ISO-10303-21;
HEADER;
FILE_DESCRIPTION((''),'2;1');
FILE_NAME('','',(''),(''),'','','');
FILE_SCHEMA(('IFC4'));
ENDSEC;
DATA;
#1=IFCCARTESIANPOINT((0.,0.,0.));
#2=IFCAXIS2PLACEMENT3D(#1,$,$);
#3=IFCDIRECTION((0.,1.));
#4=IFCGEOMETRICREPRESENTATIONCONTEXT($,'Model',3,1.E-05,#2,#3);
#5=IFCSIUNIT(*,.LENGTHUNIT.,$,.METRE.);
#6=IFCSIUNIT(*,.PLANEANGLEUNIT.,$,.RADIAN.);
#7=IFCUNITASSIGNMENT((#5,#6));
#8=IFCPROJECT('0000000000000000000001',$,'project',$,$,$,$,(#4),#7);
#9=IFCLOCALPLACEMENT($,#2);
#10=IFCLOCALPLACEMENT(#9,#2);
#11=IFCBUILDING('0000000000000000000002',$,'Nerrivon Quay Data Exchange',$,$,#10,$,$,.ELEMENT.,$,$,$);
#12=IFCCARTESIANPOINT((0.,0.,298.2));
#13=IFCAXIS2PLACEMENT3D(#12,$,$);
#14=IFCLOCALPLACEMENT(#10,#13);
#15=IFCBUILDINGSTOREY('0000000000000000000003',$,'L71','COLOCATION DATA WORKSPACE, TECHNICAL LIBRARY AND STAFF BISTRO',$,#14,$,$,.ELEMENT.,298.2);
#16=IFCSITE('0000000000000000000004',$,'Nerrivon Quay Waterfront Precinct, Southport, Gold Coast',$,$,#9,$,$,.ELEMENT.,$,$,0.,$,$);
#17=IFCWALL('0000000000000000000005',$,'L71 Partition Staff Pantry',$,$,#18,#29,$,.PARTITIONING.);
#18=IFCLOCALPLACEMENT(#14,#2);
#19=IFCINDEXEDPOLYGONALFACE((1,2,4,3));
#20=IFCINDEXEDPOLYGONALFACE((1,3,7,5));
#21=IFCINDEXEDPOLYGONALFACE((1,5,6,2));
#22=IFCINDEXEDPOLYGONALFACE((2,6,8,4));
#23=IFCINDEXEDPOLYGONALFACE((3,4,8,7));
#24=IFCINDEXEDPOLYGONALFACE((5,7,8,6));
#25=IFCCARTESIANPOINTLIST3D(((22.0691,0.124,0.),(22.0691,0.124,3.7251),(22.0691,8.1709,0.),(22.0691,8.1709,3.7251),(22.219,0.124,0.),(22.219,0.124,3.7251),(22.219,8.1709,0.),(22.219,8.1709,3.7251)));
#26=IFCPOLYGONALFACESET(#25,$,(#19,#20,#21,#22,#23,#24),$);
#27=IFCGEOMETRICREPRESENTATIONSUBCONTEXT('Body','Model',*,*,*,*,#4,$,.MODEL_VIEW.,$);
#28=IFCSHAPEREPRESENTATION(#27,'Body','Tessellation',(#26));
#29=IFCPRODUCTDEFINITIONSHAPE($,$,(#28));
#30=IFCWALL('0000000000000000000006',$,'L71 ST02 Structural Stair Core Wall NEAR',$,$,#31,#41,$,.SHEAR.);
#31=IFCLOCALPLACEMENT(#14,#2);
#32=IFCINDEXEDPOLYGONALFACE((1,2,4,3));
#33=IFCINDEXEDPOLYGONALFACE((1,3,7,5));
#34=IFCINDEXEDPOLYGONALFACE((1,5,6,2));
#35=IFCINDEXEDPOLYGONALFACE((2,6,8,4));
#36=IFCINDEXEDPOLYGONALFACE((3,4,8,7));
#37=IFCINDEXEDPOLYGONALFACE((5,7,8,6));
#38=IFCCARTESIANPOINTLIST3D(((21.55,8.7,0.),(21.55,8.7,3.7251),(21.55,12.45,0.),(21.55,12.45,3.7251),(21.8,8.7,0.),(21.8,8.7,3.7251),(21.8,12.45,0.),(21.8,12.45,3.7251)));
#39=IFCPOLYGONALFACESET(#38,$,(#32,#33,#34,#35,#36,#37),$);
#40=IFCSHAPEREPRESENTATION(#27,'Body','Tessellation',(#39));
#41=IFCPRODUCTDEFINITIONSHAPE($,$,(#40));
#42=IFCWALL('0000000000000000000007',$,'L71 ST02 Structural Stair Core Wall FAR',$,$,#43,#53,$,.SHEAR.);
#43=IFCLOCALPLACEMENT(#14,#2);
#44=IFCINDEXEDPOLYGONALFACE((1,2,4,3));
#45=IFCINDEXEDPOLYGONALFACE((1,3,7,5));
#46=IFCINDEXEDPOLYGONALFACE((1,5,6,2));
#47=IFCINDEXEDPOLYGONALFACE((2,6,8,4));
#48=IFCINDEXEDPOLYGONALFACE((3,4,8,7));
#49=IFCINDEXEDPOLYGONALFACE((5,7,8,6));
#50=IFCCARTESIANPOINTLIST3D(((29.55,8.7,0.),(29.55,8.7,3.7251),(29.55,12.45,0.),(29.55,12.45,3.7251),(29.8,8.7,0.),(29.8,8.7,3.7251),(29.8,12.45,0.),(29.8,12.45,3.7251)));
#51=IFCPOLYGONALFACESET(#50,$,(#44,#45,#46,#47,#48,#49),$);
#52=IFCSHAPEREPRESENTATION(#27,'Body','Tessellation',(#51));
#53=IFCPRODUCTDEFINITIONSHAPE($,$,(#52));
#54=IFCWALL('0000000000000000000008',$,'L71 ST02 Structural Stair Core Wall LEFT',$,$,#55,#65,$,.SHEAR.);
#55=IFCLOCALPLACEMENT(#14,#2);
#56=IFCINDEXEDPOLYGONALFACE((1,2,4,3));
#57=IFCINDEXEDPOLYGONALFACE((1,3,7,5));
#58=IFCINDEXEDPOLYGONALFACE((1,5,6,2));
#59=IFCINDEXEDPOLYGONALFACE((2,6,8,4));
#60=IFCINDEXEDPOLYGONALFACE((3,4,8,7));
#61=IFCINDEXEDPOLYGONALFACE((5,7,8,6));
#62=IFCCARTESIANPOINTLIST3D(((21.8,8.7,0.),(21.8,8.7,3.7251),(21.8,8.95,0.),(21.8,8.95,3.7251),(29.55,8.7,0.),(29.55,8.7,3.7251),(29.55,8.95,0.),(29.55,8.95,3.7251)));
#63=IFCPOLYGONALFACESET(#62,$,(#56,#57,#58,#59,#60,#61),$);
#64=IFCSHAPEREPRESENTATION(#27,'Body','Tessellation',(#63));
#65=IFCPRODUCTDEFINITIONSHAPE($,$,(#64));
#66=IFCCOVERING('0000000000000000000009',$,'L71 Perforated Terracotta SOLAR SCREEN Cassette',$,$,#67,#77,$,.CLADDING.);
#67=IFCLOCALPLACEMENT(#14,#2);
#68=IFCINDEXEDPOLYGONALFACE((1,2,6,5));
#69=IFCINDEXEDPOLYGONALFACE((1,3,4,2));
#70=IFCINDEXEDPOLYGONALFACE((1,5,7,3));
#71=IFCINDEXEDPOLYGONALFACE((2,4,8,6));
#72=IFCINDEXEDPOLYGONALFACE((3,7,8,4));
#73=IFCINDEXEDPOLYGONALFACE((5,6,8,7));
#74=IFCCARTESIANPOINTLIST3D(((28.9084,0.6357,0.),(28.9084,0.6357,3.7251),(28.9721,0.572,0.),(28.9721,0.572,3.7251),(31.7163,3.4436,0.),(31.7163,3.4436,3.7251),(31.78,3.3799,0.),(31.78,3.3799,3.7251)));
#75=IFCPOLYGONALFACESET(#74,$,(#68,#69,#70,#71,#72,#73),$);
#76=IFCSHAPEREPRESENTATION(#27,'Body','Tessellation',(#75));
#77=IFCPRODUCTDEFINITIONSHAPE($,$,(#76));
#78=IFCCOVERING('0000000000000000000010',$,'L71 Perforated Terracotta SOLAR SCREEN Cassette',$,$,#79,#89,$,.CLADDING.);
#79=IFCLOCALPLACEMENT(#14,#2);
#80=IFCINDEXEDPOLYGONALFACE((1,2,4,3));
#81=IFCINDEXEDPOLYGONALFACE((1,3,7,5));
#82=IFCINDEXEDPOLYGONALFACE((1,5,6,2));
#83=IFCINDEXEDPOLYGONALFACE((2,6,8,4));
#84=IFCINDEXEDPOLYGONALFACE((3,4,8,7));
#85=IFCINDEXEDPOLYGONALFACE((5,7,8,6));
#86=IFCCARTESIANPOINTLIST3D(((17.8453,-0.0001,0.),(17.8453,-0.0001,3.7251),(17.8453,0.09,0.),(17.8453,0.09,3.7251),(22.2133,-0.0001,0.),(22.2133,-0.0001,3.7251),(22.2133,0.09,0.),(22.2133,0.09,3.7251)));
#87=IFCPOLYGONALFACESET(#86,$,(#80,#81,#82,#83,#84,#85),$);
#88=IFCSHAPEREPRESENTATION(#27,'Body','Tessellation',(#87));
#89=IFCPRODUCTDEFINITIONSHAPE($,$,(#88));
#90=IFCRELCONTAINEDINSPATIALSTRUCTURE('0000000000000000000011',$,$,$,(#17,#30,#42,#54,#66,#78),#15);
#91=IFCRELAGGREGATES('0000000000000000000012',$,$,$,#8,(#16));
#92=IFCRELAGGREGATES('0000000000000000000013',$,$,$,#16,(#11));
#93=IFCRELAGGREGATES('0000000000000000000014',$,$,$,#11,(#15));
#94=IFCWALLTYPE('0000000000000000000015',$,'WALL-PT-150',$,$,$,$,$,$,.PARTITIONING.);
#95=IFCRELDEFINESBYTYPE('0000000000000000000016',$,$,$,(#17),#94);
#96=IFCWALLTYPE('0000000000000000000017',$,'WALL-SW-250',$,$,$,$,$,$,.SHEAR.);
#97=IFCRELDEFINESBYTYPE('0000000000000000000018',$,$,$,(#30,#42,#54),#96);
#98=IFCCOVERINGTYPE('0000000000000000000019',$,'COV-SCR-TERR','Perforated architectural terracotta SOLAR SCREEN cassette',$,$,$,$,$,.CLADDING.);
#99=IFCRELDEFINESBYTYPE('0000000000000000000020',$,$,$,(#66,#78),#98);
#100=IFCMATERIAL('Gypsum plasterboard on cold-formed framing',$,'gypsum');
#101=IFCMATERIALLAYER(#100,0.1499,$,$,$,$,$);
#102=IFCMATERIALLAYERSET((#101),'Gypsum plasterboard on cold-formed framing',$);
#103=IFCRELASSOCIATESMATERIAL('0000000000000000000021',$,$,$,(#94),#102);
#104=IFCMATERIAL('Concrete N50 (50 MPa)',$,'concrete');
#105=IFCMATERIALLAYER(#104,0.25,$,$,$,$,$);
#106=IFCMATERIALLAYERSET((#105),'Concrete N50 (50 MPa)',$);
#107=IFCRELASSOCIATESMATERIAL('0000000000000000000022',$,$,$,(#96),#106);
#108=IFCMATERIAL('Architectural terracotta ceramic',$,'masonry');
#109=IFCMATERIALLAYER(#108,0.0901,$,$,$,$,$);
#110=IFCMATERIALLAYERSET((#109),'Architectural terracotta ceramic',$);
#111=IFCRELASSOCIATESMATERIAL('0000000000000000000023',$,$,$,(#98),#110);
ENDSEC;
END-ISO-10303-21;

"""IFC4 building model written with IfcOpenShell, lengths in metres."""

from ifc_helpers import new_model, si_unit, direction, frame, frame_2d, origin, origin_2d, place, context, subcontext, project, spatial, rectangle, extrude, material, layer, layer_set, type_object, element, save


model = new_model("IFC4")

# Units and contexts
model_context = context("Model", 3, precision=1e-05, world=origin(), true_north=direction((0.0, 1.0)))
body_context = subcontext(model_context, "Body", "Model", "MODEL_VIEW")
ifc_project = project(units=[si_unit("LENGTHUNIT", "METRE"), si_unit("PLANEANGLEUNIT", "RADIAN")], contexts=[model_context])

# Site, building, storey
site_placement = place(None, origin())
site = spatial("IfcSite", under=ifc_project, at=site_placement, Name="Nerrivon Quay Waterfront Precinct, Southport, Gold Coast", CompositionType="ELEMENT", RefElevation=0.0)
building_placement = place(site_placement, origin())
building = spatial("IfcBuilding", under=site, at=building_placement, Name="Nerrivon Quay Data Exchange", CompositionType="ELEMENT")
storey_placement = place(building_placement, frame((0.0, 0.0, 298.2)))
storey = spatial("IfcBuildingStorey", under=building, at=storey_placement, Name="L71", Description="COLOCATION DATA WORKSPACE, TECHNICAL LIBRARY AND STAFF BISTRO", CompositionType="ELEMENT", Elevation=298.2)

# Shared definitions
ifc_material_1 = material(Name="Concrete N50 (50 MPa)", Category="concrete")

# Walls
ifc_material_2 = material(Name="Gypsum plasterboard on cold-formed framing", Category="gypsum")
ifc_layer_1 = layer(ifc_material_2, 0.1499)
ifc_layer_set_1 = layer_set([ifc_layer_1], Name="Gypsum plasterboard on cold-formed framing")
wall_type_1 = type_object("IfcWallType", Name="WALL-PT-150", PredefinedType="PARTITIONING", material=ifc_layer_set_1)
wall_1_placement = place(storey_placement, frame((22.144, 0.124, 0.0), z_axis=(0.0, 0.0, 1.0), x_axis=(0.0, 1.0, 0.0)))
element("IfcWall", 1, at=wall_1_placement, inside=storey, type_object=wall_type_1, Name="L71 Partition Staff Pantry", PredefinedType="PARTITIONING", context=body_context, shape_type="SweptSolid", body=[
    extrude(rectangle(XDim=8.0469, YDim=0.1499, at=frame_2d((4.0234, 0.0))), origin(), (0.0, 0.0, 1.0), 3.7251),
])
ifc_layer_2 = layer(ifc_material_1, 0.25)
ifc_layer_set_2 = layer_set([ifc_layer_2], Name="Concrete N50 (50 MPa)")
wall_type_2 = type_object("IfcWallType", Name="WALL-SW-250", PredefinedType="SHEAR", material=ifc_layer_set_2)
for number, where, z_axis, x_axis, name in (
    (2, (21.675, 8.7, 0.0), (0.0, 0.0, 1.0), (0.0, 1.0, 0.0), "L71 ST02 Structural Stair Core Wall NEAR"),
    (3, (29.675, 8.7, 0.0), (0.0, 0.0, 1.0), (0.0, 1.0, 0.0), "L71 ST02 Structural Stair Core Wall FAR"),
):
    element("IfcWall", number, at=place(storey_placement, frame(where, z_axis=z_axis, x_axis=x_axis)), inside=storey, type_object=wall_type_2, Name=name, PredefinedType="SHEAR", context=body_context, shape_type="SweptSolid", body=[
        extrude(rectangle(XDim=3.75, YDim=0.25, at=frame_2d((1.875, 0.0))), origin(), (0.0, 0.0, 1.0), 3.7251),
    ])
wall_2_placement = place(storey_placement, frame((21.8, 8.825, 0.0), z_axis=(0.0, 0.0, 1.0), x_axis=(1.0, 0.0, 0.0)))
element("IfcWall", 4, at=wall_2_placement, inside=storey, type_object=wall_type_2, Name="L71 ST02 Structural Stair Core Wall LEFT", PredefinedType="SHEAR", context=body_context, shape_type="SweptSolid", body=[
    extrude(rectangle(XDim=7.75, YDim=0.25, at=frame_2d((3.875, 0.0))), origin(), (0.0, 0.0, 1.0), 3.7251),
])

# Coverings
ifc_material_3 = material(Name="Architectural terracotta ceramic", Category="masonry")
ifc_layer_3 = layer(ifc_material_3, 0.0901)
ifc_layer_set_3 = layer_set([ifc_layer_3], Name="Architectural terracotta ceramic")
covering_type = type_object("IfcCoveringType", Name="COV-SCR-TERR", Description="Perforated architectural terracotta SOLAR SCREEN cassette", PredefinedType="CLADDING", material=ifc_layer_set_3)
covering_1_placement = place(storey_placement, frame((30.3442, 2.0078, 0.0), z_axis=(0.0, 0.0, 1.0), x_axis=(-0.707107, -0.707107, 0.0)))
element("IfcCovering", 5, at=covering_1_placement, inside=storey, type_object=covering_type, Name="L71 Perforated Terracotta SOLAR SCREEN Cassette", PredefinedType="CLADDING", context=body_context, shape_type="SweptSolid", body=[
    extrude(rectangle(XDim=3.9709, YDim=0.0901, at=origin_2d()), origin(), (0.0, 0.0, 1.0), 3.7251),
])
covering_2_placement = place(storey_placement, frame((20.0293, 0.0449, 0.0), z_axis=(0.0, 0.0, 1.0), x_axis=(-1.0, 0.0, 0.0)))
element("IfcCovering", 6, at=covering_2_placement, inside=storey, type_object=covering_type, Name="L71 Perforated Terracotta SOLAR SCREEN Cassette", PredefinedType="CLADDING", context=body_context, shape_type="SweptSolid", body=[
    extrude(rectangle(XDim=4.3679, YDim=0.0901, at=origin_2d()), origin(), (0.0, 0.0, 1.0), 3.7251),
])

save(model, "model.ifc")
